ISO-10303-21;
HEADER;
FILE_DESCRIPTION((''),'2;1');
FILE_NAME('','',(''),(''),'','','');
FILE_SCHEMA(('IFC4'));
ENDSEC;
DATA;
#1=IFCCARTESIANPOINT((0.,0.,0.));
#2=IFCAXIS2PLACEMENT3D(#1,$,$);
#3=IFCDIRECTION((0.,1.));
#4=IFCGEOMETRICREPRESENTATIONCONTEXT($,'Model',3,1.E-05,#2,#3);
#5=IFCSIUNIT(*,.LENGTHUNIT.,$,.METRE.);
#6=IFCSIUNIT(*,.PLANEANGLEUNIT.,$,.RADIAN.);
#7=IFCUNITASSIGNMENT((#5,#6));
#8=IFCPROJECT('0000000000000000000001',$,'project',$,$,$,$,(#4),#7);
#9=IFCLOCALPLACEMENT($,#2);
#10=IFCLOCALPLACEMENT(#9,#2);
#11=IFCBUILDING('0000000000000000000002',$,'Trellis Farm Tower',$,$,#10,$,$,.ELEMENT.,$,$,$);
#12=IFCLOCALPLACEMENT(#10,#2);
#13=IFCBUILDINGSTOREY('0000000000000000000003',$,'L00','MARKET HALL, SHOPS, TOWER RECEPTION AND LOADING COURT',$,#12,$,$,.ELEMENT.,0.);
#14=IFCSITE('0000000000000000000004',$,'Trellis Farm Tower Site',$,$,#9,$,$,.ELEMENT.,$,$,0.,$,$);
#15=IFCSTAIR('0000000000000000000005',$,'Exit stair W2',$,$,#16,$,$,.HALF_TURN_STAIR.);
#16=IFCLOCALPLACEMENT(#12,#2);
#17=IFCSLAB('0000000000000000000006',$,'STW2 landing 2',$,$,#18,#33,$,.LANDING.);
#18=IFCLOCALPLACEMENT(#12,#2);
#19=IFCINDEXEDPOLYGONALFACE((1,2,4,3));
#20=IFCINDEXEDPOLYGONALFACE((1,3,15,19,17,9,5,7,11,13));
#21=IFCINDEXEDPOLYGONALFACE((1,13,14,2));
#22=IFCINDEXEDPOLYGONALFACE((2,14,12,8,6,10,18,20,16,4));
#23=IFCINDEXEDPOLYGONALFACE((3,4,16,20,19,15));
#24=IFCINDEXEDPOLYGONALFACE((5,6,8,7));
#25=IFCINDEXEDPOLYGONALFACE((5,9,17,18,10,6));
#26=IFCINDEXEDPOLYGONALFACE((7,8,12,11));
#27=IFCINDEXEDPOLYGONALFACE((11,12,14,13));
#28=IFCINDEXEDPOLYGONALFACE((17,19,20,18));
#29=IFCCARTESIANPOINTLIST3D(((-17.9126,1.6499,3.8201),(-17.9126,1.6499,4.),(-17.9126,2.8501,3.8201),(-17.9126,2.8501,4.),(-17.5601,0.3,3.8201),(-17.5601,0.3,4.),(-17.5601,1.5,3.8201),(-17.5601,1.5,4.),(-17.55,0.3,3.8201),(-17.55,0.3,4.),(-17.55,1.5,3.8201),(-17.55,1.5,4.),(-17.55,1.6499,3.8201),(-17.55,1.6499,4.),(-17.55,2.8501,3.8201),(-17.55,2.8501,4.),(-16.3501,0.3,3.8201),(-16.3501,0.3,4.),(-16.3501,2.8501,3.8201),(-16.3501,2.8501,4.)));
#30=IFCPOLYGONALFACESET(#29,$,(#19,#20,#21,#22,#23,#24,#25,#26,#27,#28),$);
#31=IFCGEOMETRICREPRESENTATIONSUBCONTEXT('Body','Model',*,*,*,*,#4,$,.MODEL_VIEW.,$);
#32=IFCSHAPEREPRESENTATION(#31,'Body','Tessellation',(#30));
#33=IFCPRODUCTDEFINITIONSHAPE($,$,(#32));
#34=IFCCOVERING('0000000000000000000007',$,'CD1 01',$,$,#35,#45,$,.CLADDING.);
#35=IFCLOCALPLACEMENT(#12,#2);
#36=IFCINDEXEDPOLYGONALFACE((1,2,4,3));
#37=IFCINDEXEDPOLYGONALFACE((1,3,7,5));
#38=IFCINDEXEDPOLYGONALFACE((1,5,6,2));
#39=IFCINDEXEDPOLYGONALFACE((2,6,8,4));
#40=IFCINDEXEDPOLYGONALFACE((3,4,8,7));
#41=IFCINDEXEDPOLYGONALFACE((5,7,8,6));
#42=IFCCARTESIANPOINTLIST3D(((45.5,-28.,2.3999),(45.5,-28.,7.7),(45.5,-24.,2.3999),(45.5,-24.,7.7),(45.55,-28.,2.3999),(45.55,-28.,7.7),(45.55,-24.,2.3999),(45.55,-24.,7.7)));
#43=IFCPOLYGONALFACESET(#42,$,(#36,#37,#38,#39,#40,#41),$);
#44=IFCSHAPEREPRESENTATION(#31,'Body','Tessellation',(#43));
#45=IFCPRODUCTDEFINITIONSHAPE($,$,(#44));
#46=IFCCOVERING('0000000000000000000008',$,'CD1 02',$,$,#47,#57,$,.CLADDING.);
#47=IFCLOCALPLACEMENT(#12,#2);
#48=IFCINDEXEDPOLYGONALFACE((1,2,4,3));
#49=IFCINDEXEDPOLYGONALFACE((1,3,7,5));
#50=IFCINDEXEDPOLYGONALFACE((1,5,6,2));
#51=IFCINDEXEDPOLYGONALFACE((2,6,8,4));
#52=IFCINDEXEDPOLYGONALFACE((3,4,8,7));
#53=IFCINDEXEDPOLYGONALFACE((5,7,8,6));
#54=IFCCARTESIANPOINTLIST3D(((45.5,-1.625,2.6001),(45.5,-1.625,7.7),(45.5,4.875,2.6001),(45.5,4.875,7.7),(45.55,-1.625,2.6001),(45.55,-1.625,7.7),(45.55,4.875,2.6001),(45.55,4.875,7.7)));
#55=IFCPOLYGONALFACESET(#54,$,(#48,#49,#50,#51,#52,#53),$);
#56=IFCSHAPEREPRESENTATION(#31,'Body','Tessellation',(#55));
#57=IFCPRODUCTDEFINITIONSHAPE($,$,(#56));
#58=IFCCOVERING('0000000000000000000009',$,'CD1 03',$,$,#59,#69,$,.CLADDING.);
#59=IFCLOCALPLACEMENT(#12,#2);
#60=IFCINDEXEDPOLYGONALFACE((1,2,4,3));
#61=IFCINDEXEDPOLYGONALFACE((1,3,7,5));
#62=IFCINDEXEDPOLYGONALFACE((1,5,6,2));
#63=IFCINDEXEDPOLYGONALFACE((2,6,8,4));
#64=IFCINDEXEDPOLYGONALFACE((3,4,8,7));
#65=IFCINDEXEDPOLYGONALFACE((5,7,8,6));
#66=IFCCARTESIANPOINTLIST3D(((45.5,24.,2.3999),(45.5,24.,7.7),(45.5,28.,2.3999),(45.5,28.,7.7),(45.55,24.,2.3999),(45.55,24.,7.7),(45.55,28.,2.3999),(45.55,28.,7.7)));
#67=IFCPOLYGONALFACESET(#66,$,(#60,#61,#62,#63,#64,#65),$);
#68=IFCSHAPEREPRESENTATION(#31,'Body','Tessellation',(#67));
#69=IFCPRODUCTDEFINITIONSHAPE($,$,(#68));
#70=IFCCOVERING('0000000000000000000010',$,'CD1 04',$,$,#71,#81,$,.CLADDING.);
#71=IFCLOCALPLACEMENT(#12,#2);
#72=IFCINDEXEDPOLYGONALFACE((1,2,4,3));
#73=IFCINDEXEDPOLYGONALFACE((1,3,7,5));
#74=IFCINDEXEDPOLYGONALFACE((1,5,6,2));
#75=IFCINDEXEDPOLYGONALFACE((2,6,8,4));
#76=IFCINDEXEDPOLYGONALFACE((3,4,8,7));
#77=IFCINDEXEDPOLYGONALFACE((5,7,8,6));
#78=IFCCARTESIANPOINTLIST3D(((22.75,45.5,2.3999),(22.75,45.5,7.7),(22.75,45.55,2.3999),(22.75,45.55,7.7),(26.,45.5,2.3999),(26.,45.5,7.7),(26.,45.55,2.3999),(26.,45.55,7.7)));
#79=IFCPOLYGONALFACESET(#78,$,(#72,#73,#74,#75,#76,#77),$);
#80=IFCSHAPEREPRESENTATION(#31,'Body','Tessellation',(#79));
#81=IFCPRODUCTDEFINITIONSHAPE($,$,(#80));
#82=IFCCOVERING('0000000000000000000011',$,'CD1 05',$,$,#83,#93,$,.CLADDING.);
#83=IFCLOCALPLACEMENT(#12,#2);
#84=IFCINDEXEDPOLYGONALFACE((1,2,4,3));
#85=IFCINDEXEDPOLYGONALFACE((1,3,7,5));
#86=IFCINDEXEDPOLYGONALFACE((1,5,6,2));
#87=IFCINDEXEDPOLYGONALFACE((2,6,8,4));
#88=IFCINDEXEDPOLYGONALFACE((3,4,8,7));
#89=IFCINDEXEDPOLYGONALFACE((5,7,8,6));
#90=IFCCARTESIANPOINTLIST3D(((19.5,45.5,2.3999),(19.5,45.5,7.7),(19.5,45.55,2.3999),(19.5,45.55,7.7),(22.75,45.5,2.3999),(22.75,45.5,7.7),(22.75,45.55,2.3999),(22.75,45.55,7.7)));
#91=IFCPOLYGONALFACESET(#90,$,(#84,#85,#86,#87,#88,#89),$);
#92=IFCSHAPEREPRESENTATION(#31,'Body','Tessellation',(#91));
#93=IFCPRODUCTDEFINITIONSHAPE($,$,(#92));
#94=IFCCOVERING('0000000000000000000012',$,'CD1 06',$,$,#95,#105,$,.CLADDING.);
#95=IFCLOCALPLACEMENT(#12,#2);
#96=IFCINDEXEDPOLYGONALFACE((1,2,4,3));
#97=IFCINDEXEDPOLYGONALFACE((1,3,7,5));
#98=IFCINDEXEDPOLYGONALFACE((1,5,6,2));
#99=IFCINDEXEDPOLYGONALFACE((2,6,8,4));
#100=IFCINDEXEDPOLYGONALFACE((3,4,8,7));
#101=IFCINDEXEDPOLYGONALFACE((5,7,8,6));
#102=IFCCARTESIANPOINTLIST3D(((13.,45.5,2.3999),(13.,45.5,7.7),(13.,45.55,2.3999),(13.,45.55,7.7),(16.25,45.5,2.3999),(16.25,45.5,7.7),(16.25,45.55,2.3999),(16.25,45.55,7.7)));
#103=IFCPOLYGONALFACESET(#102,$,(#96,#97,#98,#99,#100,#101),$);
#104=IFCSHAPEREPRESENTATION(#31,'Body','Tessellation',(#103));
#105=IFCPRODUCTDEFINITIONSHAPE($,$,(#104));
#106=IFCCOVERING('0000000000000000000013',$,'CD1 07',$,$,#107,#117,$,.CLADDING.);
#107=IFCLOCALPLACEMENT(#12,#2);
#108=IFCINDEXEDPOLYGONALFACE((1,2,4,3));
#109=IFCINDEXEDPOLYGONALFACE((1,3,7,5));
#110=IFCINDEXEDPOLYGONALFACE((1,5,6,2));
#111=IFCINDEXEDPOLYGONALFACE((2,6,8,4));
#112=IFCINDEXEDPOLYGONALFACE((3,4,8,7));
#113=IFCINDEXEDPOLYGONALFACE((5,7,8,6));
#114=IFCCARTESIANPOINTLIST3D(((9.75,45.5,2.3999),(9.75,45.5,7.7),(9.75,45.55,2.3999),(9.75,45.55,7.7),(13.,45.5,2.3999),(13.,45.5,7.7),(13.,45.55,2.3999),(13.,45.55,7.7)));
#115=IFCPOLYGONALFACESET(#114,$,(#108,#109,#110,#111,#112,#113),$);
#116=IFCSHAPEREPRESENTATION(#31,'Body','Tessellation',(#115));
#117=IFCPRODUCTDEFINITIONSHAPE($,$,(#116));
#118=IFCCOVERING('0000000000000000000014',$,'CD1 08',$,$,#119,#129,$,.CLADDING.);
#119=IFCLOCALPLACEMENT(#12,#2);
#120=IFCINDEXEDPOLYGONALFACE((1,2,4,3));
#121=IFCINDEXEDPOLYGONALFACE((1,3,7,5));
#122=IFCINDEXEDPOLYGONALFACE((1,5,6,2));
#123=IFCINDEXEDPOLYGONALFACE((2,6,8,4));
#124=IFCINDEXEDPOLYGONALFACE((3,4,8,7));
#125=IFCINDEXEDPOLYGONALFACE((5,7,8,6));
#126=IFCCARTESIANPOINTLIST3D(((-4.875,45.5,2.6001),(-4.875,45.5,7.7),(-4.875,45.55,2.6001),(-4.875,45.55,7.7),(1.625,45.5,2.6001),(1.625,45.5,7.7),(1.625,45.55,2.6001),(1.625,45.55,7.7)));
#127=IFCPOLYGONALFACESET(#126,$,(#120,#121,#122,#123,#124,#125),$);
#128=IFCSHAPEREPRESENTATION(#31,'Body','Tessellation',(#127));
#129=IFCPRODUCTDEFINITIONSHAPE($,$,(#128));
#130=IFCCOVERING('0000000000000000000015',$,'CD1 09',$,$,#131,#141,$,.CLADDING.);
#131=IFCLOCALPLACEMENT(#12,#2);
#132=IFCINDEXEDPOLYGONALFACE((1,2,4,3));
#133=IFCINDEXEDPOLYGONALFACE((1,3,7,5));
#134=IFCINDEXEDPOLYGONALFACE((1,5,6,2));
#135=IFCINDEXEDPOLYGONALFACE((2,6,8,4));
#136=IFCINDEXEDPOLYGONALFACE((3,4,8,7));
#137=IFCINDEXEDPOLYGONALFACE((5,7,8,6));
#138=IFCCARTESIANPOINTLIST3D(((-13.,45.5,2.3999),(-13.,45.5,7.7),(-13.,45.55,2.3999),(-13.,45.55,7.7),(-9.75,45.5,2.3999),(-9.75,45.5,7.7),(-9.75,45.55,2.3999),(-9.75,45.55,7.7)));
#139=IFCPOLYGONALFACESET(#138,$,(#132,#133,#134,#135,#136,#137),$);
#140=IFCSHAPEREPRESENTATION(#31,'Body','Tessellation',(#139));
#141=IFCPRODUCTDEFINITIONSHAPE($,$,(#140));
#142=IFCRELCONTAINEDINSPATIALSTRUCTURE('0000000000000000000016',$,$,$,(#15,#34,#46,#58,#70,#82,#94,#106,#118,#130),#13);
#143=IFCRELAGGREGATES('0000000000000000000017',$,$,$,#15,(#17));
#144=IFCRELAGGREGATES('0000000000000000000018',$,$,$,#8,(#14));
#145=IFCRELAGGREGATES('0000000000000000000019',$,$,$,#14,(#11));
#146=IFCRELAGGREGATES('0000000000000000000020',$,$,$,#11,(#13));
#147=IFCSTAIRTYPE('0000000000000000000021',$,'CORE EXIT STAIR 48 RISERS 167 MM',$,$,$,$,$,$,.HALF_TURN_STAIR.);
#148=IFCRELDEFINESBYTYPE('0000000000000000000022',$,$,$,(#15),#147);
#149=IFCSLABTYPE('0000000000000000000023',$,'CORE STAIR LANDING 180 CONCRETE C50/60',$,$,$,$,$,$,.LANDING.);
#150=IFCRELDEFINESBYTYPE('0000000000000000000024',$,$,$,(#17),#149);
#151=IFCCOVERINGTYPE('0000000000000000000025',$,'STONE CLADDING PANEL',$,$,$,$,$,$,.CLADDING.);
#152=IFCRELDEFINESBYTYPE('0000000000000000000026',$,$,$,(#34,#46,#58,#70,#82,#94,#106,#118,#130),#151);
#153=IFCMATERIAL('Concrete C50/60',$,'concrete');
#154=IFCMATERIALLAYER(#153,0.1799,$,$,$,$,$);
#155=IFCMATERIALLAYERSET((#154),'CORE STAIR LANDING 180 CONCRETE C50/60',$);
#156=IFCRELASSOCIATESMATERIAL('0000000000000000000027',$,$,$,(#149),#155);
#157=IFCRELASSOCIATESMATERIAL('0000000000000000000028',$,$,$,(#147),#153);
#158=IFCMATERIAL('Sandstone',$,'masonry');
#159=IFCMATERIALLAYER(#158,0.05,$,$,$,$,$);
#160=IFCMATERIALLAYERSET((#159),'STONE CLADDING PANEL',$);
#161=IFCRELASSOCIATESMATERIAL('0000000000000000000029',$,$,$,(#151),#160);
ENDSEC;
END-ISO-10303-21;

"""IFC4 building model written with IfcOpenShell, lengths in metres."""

from ifc_helpers import new_model, si_unit, direction, frame, origin, place, context, subcontext, project, spatial, polyline, outline, extrude, source, transform, mapped, material, layer, layer_set, type_object, element, aggregate, save


model = new_model("IFC4")

# Units and contexts
model_context = context("Model", 3, precision=1e-05, world=origin(), true_north=direction((0.0, 1.0)))
body_context = subcontext(model_context, "Body", "Model", "MODEL_VIEW")
ifc_project = project(units=[si_unit("LENGTHUNIT", "METRE"), si_unit("PLANEANGLEUNIT", "RADIAN")], contexts=[model_context])

# Site, building, storey
site_placement = place(None, origin())
site = spatial("IfcSite", under=ifc_project, at=site_placement, Name="Trellis Farm Tower Site", CompositionType="ELEMENT", RefElevation=0.0)
building_placement = place(site_placement, origin())
building = spatial("IfcBuilding", under=site, at=building_placement, Name="Trellis Farm Tower", CompositionType="ELEMENT")
storey_placement = place(building_placement, origin())
storey = spatial("IfcBuildingStorey", under=building, at=storey_placement, Name="L00", Description="MARKET HALL, SHOPS, TOWER RECEPTION AND LOADING COURT", CompositionType="ELEMENT", Elevation=0.0)

# Stair, slab
ifc_material_1 = material(Name="Concrete C50/60", Category="concrete")
placement_1 = place(storey_placement, origin())
ifc_layer_1 = layer(ifc_material_1, 0.1799)
ifc_layer_set_1 = layer_set([ifc_layer_1], Name="CORE STAIR LANDING 180 CONCRETE C50/60")
slab_type = type_object("IfcSlabType", Name="CORE STAIR LANDING 180 CONCRETE C50/60", PredefinedType="LANDING", material=ifc_layer_set_1)
placement_2 = place(storey_placement, frame((0.0, 0.0, 3.8201)))
stair_type_1 = type_object("IfcStairType", Name="CORE EXIT STAIR 48 RISERS 167 MM", PredefinedType="HALF_TURN_STAIR", material=ifc_material_1)
stair_1 = element("IfcStair", 1, at=placement_1, inside=storey, type_object=stair_type_1, Name="Exit stair W2", PredefinedType="HALF_TURN_STAIR")
shared_shape_1 = source(origin(), body_context, "Body", "SweptSolid", [
    extrude(outline(polyline([(-17.5601, 0.3), (-17.5601, 1.5), (-17.55, 1.5), (-17.55, 1.6499), (-17.9126, 1.6499), (-17.9126, 2.8501), (-17.55, 2.8501), (-16.3501, 2.8501), (-16.3501, 0.3), (-17.55, 0.3), (-17.5601, 0.3)])), origin(), (0.0, 0.0, 1.0), 0.1799),
])
slab_1 = element("IfcSlab", 2, at=placement_2, type_object=slab_type, Name="STW2 landing 2", PredefinedType="LANDING", context=body_context, shape_type="MappedRepresentation", body=[
    mapped(shared_shape_1, transform((0.0, 0.0, 0.0))),
])
aggregate(stair_1, [slab_1])

# Coverings
ifc_material_2 = material(Name="Sandstone", Category="masonry")
ifc_layer_2 = layer(ifc_material_2, 0.05)
ifc_layer_set_2 = layer_set([ifc_layer_2], Name="STONE CLADDING PANEL")
covering_type = type_object("IfcCoveringType", Name="STONE CLADDING PANEL", PredefinedType="CLADDING", material=ifc_layer_set_2)
placement_3 = place(storey_placement, frame((0.0, 0.0, 2.3999)))
element("IfcCovering", 3, at=placement_3, inside=storey, type_object=covering_type, Name="CD1 01", PredefinedType="CLADDING", context=body_context, shape_type="SweptSolid", body=[
    extrude(outline(polyline([(45.55, -28.0), (45.55, -24.0), (45.5, -24.0), (45.5, -28.0), (45.55, -28.0)])), origin(), (0.0, 0.0, 1.0), 5.3),
])
placement_4 = place(storey_placement, frame((0.0, 0.0, 2.6001)))
element("IfcCovering", 4, at=placement_4, inside=storey, type_object=covering_type, Name="CD1 02", PredefinedType="CLADDING", context=body_context, shape_type="SweptSolid", body=[
    extrude(outline(polyline([(45.55, -1.625), (45.55, 4.875), (45.5, 4.875), (45.5, -1.625), (45.55, -1.625)])), origin(), (0.0, 0.0, 1.0), 5.0999),
])
element("IfcCovering", 5, at=placement_3, inside=storey, type_object=covering_type, Name="CD1 03", PredefinedType="CLADDING", context=body_context, shape_type="SweptSolid", body=[
    extrude(outline(polyline([(45.55, 24.0), (45.55, 28.0), (45.5, 28.0), (45.5, 24.0), (45.55, 24.0)])), origin(), (0.0, 0.0, 1.0), 5.3),
])
element("IfcCovering", 6, at=placement_3, inside=storey, type_object=covering_type, Name="CD1 04", PredefinedType="CLADDING", context=body_context, shape_type="SweptSolid", body=[
    extrude(outline(polyline([(26.0, 45.55), (22.75, 45.55), (22.75, 45.5), (26.0, 45.5), (26.0, 45.55)])), origin(), (0.0, 0.0, 1.0), 5.3),
])
element("IfcCovering", 7, at=placement_3, inside=storey, type_object=covering_type, Name="CD1 05", PredefinedType="CLADDING", context=body_context, shape_type="SweptSolid", body=[
    extrude(outline(polyline([(22.75, 45.55), (19.5, 45.55), (19.5, 45.5), (22.75, 45.5), (22.75, 45.55)])), origin(), (0.0, 0.0, 1.0), 5.3),
])
element("IfcCovering", 8, at=placement_3, inside=storey, type_object=covering_type, Name="CD1 06", PredefinedType="CLADDING", context=body_context, shape_type="SweptSolid", body=[
    extrude(outline(polyline([(16.25, 45.55), (13.0, 45.55), (13.0, 45.5), (16.25, 45.5), (16.25, 45.55)])), origin(), (0.0, 0.0, 1.0), 5.3),
])
element("IfcCovering", 9, at=placement_3, inside=storey, type_object=covering_type, Name="CD1 07", PredefinedType="CLADDING", context=body_context, shape_type="SweptSolid", body=[
    extrude(outline(polyline([(13.0, 45.55), (9.75, 45.55), (9.75, 45.5), (13.0, 45.5), (13.0, 45.55)])), origin(), (0.0, 0.0, 1.0), 5.3),
])
element("IfcCovering", 10, at=placement_4, inside=storey, type_object=covering_type, Name="CD1 08", PredefinedType="CLADDING", context=body_context, shape_type="SweptSolid", body=[
    extrude(outline(polyline([(1.625, 45.55), (-4.875, 45.55), (-4.875, 45.5), (1.625, 45.5), (1.625, 45.55)])), origin(), (0.0, 0.0, 1.0), 5.0999),
])
element("IfcCovering", 11, at=placement_3, inside=storey, type_object=covering_type, Name="CD1 09", PredefinedType="CLADDING", context=body_context, shape_type="SweptSolid", body=[
    extrude(outline(polyline([(-9.75, 45.55), (-13.0, 45.55), (-13.0, 45.5), (-9.75, 45.5), (-9.75, 45.55)])), origin(), (0.0, 0.0, 1.0), 5.3),
])

save(model, "model.ifc")
